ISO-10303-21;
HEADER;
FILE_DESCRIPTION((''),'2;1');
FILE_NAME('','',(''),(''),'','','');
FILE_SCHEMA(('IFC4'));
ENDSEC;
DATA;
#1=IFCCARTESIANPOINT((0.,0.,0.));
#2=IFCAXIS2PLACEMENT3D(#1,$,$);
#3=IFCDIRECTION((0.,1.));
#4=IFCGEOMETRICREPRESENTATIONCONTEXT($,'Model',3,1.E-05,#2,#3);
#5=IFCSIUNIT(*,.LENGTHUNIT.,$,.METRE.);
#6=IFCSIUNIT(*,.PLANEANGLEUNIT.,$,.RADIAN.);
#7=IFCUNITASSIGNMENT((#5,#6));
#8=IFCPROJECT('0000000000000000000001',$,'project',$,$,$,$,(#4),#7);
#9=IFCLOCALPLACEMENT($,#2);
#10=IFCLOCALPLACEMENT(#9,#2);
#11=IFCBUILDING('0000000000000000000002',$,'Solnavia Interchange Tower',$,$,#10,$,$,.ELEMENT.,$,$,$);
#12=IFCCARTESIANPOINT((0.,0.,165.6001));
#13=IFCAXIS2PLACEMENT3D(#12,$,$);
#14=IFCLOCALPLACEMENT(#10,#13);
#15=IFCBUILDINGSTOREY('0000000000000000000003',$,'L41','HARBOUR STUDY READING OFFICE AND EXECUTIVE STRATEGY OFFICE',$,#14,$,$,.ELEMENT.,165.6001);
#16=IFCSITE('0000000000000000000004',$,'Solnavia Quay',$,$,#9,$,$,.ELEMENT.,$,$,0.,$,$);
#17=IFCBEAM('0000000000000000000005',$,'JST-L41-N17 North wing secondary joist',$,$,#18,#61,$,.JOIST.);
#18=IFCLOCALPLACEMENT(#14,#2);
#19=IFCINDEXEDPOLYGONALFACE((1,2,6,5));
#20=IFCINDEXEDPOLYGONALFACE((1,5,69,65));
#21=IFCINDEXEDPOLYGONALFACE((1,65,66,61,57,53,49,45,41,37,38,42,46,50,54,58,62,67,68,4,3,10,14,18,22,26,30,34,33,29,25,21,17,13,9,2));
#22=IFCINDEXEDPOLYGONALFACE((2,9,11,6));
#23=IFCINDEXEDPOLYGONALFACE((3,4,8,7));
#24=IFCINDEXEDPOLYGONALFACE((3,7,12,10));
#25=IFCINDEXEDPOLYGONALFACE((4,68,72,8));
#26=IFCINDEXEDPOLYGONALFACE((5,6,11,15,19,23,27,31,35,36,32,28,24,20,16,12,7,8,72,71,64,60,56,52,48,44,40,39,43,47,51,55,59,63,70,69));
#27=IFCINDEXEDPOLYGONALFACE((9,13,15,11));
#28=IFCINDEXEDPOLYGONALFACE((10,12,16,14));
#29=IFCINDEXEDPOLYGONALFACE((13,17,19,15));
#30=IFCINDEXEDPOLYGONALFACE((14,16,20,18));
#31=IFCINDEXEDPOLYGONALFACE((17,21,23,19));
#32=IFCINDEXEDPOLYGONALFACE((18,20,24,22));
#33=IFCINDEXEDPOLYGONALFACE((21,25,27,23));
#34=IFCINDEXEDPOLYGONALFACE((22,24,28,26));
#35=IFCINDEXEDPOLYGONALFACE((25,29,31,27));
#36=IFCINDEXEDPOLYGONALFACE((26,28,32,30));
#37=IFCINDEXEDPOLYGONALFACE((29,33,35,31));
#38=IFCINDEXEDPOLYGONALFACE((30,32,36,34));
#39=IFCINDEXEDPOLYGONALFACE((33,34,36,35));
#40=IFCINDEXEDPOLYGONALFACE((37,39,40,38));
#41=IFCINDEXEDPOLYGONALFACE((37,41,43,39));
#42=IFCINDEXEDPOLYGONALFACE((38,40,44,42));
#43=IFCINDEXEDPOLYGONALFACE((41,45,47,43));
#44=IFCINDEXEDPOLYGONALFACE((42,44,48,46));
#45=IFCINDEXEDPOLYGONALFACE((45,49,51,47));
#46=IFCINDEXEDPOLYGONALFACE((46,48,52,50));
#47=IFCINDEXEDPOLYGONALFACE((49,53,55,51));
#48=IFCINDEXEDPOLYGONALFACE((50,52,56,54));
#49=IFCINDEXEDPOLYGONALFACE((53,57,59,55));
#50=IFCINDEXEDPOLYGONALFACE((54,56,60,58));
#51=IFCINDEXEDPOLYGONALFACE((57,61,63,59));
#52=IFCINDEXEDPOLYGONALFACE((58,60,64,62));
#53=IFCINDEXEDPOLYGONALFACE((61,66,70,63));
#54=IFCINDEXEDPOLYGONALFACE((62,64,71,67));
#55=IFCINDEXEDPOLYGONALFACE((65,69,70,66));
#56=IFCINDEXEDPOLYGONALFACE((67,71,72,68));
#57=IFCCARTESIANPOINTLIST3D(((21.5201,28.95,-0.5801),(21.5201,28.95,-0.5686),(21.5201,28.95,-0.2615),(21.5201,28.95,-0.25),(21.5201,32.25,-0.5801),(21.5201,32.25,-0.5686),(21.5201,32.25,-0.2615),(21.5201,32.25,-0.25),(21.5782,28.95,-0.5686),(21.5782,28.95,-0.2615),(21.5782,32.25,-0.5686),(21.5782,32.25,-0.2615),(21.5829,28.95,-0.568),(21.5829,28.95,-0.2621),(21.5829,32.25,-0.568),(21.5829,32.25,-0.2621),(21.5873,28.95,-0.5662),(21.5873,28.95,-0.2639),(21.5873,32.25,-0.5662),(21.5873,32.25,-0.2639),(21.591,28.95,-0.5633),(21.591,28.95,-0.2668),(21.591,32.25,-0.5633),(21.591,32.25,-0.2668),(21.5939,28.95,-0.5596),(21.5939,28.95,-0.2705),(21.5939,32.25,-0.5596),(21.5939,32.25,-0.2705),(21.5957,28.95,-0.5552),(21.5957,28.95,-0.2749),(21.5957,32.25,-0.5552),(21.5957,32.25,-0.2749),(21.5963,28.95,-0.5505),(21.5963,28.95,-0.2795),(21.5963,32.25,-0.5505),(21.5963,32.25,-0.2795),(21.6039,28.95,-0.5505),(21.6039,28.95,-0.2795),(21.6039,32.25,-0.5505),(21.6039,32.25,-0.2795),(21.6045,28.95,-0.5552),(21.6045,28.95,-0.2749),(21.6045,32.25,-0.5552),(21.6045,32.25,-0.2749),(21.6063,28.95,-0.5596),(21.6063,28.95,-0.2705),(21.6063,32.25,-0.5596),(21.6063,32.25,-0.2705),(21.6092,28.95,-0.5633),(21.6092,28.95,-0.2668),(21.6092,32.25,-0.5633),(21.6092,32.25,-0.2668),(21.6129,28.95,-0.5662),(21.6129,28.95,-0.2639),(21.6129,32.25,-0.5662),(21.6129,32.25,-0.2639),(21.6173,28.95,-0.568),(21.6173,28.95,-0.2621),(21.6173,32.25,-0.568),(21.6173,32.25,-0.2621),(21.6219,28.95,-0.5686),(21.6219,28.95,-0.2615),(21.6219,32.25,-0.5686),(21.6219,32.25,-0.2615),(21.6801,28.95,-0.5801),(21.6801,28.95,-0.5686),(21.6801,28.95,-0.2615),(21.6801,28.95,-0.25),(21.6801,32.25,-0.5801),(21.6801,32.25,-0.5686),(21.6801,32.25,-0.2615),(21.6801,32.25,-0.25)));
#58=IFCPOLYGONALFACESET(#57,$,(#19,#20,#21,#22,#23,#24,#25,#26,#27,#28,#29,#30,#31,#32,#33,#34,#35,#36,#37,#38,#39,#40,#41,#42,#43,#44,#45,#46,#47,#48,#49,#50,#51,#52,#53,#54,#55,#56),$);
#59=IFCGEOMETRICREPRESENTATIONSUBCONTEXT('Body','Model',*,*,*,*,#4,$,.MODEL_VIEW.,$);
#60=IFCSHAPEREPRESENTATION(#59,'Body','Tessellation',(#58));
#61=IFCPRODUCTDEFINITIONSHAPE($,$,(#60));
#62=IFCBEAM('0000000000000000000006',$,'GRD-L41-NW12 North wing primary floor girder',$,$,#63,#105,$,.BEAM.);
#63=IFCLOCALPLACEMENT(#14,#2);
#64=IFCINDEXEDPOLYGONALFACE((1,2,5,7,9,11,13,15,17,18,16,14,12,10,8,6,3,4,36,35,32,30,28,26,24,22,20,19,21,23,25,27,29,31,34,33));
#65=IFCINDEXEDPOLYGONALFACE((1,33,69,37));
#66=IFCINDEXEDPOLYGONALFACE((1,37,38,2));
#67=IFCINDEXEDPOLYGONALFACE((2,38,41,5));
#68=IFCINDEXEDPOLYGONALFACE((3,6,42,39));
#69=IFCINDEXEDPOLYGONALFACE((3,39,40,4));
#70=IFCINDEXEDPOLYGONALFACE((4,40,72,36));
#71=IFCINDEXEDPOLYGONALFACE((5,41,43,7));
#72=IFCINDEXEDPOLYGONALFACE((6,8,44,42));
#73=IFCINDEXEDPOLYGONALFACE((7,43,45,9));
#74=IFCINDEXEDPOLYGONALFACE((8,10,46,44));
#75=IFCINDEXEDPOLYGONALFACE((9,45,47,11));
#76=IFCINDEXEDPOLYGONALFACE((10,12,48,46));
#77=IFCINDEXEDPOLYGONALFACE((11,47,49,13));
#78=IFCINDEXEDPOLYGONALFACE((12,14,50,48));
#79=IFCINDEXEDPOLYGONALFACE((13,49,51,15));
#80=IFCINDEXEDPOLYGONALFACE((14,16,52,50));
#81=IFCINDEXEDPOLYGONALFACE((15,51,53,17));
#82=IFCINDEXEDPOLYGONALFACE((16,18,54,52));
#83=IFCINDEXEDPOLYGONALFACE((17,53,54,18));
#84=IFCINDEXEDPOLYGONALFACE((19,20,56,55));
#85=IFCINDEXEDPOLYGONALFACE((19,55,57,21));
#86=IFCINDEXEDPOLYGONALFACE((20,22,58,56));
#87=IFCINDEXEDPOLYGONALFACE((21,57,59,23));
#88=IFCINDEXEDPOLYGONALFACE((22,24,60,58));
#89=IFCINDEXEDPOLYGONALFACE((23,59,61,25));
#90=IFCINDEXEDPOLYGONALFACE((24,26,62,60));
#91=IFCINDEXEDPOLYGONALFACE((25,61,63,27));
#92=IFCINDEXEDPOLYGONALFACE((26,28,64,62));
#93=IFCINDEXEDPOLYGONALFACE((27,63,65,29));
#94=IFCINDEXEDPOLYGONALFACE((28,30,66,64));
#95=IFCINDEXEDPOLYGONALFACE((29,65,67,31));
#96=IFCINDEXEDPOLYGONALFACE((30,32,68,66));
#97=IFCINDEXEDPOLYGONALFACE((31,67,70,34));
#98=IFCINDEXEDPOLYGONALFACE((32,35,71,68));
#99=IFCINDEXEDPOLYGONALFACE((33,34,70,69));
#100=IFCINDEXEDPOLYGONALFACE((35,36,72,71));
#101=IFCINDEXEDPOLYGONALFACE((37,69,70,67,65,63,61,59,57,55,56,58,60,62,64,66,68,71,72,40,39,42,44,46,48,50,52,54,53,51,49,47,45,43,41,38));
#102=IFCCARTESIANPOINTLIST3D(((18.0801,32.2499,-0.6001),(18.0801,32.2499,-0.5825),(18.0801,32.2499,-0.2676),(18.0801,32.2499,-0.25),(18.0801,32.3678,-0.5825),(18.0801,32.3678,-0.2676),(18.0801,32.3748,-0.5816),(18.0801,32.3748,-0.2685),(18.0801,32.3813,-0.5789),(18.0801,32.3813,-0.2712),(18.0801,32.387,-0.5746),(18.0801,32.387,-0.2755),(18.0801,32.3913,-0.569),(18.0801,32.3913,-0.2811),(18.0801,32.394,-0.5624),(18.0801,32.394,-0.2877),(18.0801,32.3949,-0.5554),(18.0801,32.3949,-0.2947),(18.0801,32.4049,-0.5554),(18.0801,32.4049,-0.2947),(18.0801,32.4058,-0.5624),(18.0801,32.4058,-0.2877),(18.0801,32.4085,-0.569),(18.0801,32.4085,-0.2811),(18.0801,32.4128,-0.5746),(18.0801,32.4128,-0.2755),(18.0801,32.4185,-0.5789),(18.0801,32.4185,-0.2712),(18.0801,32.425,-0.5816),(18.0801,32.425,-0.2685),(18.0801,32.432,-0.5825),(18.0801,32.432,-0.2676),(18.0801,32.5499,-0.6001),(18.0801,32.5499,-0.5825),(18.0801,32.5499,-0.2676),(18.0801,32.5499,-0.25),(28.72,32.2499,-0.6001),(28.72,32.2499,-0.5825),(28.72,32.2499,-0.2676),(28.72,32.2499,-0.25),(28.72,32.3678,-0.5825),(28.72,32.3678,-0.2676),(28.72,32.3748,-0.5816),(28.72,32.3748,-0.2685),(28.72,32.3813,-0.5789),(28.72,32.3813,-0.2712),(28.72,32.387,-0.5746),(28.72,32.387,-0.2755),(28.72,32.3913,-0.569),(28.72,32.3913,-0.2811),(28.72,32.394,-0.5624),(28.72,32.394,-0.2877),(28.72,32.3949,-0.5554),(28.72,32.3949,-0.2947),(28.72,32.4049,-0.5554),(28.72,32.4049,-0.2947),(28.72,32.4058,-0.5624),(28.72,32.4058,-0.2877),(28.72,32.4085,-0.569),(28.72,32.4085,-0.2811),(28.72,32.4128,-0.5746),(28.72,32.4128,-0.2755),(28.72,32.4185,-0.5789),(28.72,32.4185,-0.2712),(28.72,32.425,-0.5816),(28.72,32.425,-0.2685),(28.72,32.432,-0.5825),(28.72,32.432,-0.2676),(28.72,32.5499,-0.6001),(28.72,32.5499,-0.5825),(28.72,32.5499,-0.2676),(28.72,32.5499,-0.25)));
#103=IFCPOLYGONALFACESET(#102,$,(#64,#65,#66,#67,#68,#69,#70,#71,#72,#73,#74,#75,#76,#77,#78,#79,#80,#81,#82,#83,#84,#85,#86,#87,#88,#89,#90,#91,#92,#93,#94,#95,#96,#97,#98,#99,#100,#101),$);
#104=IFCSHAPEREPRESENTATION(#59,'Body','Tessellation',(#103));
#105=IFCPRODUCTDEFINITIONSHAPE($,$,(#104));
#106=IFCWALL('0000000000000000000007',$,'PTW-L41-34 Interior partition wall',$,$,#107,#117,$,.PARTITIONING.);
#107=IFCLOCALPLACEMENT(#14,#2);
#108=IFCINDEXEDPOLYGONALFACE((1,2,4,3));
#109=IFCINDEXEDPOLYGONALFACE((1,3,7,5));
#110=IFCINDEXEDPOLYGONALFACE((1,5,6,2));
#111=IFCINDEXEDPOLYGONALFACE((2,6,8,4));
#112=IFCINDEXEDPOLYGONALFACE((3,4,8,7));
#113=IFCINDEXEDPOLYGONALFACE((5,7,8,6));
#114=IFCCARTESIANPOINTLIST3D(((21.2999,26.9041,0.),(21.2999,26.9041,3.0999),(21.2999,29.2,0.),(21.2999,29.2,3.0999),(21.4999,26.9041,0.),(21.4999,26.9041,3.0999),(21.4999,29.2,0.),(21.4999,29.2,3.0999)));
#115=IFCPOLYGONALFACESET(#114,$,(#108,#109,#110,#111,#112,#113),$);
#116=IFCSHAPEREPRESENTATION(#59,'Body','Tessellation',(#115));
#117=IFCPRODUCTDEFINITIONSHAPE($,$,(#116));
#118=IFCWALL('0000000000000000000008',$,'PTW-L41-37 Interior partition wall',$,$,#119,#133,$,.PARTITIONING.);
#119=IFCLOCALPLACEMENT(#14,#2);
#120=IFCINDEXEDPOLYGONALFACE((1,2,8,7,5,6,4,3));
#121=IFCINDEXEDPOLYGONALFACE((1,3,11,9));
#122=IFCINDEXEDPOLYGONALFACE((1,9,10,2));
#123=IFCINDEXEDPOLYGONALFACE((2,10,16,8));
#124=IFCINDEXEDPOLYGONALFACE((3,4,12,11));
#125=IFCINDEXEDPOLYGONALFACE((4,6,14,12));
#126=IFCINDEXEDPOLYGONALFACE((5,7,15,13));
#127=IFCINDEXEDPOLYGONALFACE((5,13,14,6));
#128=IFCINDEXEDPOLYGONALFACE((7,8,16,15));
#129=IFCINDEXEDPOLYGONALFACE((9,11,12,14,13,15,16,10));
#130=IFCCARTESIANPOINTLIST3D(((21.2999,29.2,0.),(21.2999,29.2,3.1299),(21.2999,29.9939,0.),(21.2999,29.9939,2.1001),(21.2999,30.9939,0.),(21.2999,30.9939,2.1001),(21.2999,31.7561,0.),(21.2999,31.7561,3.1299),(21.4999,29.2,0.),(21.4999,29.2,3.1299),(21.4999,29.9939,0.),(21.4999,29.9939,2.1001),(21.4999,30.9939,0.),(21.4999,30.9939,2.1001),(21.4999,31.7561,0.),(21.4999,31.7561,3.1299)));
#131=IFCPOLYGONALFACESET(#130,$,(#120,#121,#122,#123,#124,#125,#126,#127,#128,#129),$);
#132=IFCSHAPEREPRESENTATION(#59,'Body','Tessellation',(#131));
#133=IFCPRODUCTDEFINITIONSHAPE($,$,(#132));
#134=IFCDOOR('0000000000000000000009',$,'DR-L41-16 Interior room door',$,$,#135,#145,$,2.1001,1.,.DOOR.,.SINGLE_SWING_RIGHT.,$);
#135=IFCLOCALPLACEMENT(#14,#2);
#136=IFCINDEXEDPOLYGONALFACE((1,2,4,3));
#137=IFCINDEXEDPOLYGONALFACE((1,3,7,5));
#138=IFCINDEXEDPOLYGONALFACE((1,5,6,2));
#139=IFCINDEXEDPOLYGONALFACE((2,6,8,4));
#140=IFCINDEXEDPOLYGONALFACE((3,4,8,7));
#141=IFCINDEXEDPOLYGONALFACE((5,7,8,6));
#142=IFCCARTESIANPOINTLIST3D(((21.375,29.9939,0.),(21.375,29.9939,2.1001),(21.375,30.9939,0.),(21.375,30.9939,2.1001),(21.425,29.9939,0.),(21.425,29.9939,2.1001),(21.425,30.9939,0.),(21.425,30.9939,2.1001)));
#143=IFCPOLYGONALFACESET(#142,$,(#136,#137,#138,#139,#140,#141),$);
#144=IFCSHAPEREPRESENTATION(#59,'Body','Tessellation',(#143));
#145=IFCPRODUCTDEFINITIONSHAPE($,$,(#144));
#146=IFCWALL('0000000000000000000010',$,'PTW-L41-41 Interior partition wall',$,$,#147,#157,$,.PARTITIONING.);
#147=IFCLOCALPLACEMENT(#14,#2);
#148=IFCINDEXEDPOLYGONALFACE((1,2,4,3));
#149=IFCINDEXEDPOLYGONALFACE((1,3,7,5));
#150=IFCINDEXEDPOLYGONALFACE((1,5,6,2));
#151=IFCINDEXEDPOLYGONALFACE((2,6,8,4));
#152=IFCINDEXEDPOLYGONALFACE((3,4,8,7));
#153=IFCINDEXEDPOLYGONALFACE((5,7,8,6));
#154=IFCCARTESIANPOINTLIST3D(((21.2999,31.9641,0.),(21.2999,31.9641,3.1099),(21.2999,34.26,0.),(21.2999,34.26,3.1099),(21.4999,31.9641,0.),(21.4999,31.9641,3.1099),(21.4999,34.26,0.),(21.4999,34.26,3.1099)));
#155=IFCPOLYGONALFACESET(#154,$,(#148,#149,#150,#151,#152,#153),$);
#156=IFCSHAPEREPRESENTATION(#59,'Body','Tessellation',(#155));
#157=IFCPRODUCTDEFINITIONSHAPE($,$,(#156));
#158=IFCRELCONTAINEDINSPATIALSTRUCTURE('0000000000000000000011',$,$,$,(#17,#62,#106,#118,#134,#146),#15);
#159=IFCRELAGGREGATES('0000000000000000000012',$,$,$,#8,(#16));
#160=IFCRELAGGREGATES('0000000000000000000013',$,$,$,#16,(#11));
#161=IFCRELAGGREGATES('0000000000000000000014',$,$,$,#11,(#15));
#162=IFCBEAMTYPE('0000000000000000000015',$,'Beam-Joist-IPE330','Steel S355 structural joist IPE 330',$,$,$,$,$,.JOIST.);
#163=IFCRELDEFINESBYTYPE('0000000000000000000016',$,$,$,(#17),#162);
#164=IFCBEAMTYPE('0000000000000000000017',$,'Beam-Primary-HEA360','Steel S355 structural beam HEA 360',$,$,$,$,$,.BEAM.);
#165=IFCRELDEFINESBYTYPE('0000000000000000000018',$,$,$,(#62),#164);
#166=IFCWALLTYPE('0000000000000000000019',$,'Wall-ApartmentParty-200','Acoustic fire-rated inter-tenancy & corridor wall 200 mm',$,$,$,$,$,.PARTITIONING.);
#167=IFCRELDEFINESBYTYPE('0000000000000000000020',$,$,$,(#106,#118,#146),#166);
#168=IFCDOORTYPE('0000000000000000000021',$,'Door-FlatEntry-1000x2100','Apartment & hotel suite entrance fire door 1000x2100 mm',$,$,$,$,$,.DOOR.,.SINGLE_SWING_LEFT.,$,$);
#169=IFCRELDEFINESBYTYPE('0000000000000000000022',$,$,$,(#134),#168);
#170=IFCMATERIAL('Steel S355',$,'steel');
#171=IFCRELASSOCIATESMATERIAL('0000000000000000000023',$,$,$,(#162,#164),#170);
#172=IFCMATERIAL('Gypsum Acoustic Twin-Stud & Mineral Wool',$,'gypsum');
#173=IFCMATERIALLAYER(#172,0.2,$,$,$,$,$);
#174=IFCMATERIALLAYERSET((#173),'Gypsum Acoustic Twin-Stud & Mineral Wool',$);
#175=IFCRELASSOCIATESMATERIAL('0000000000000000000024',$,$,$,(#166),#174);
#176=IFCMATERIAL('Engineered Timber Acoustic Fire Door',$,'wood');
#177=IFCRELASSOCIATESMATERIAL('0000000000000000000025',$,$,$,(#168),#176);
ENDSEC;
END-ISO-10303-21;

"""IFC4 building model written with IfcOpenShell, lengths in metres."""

from ifc_helpers import new_model, si_unit, direction, frame, frame_2d, origin, origin_2d, place, context, subcontext, project, spatial, rectangle, i_section, extrude, material, layer, layer_set, material_profile, profile_set, type_object, element, fill, save


model = new_model("IFC4")

# Units and contexts
model_context = context("Model", 3, precision=1e-05, world=origin(), true_north=direction((0.0, 1.0)))
body_context = subcontext(model_context, "Body", "Model", "MODEL_VIEW")
ifc_project = project(units=[si_unit("LENGTHUNIT", "METRE"), si_unit("PLANEANGLEUNIT", "RADIAN")], contexts=[model_context])

# Site, building, storey
site_placement = place(None, origin())
site = spatial("IfcSite", under=ifc_project, at=site_placement, Name="Solnavia Quay", CompositionType="ELEMENT", RefElevation=0.0)
building_placement = place(site_placement, origin())
building = spatial("IfcBuilding", under=site, at=building_placement, Name="Solnavia Interchange Tower", CompositionType="ELEMENT")
storey_placement = place(building_placement, frame((0.0, 0.0, 165.6001)))
storey = spatial("IfcBuildingStorey", under=building, at=storey_placement, Name="L41", Description="HARBOUR STUDY READING OFFICE AND EXECUTIVE STRATEGY OFFICE", CompositionType="ELEMENT", Elevation=165.6001)

# Shared definitions
ifc_material_1 = material(Name="Steel S355", Category="steel")

# Beams
ifc_material_profile_1 = material_profile(ifc_material_1, i_section(OverallWidth=0.1599, OverallDepth=0.3301, WebThickness=0.0076, FlangeThickness=0.0115, FilletRadius=0.0181, at=origin_2d()), Name="IPE 330")
ifc_profile_set_1 = profile_set([ifc_material_profile_1], Name="Steel S355")
beam_type_1 = type_object("IfcBeamType", Name="Beam-Joist-IPE330", Description="Steel S355 structural joist IPE 330", PredefinedType="JOIST", material=ifc_profile_set_1)
beam_1_placement = place(storey_placement, frame((21.6001, 28.95, -0.415), z_axis=(0.0, 1.0, 0.0), x_axis=(-1.0, 0.0, 0.0)))
element("IfcBeam", 1, at=beam_1_placement, inside=storey, type_object=beam_type_1, Name="JST-L41-N17 North wing secondary joist", PredefinedType="JOIST", context=body_context, shape_type="SweptSolid", body=[
    extrude(i_section(OverallWidth=0.1599, OverallDepth=0.3301, WebThickness=0.0076, FlangeThickness=0.0115, FilletRadius=0.0181, at=origin_2d()), origin(), (0.0, 0.0, 1.0), 3.3),
])
ifc_material_profile_2 = material_profile(ifc_material_1, i_section(OverallWidth=0.3, OverallDepth=0.3501, WebThickness=0.01, FlangeThickness=0.0176, FilletRadius=0.0271, at=origin_2d()), Name="HEA 360")
ifc_profile_set_2 = profile_set([ifc_material_profile_2], Name="Steel S355")
beam_type_2 = type_object("IfcBeamType", Name="Beam-Primary-HEA360", Description="Steel S355 structural beam HEA 360", PredefinedType="BEAM", material=ifc_profile_set_2)
beam_2_placement = place(storey_placement, frame((18.0801, 32.3999, -0.425), z_axis=(1.0, 0.0, 0.0), x_axis=(0.0, 1.0, 0.0)))
element("IfcBeam", 2, at=beam_2_placement, inside=storey, type_object=beam_type_2, Name="GRD-L41-NW12 North wing primary floor girder", PredefinedType="BEAM", context=body_context, shape_type="SweptSolid", body=[
    extrude(i_section(OverallWidth=0.3, OverallDepth=0.3501, WebThickness=0.01, FlangeThickness=0.0176, FilletRadius=0.0271, at=origin_2d()), origin(), (0.0, 0.0, 1.0), 10.6399),
])

# Wall
ifc_material_2 = material(Name="Gypsum Acoustic Twin-Stud & Mineral Wool", Category="gypsum")
ifc_layer_1 = layer(ifc_material_2, 0.2)
ifc_layer_set_1 = layer_set([ifc_layer_1], Name="Gypsum Acoustic Twin-Stud & Mineral Wool")
wall_type_1 = type_object("IfcWallType", Name="Wall-ApartmentParty-200", Description="Acoustic fire-rated inter-tenancy & corridor wall 200 mm", PredefinedType="PARTITIONING", material=ifc_layer_set_1)
wall_1_placement = place(storey_placement, frame((21.3999, 26.9041, 0.0), z_axis=(0.0, 0.0, 1.0), x_axis=(0.0, 1.0, 0.0)))
element("IfcWall", 3, at=wall_1_placement, inside=storey, type_object=wall_type_1, Name="PTW-L41-34 Interior partition wall", PredefinedType="PARTITIONING", context=body_context, shape_type="SweptSolid", body=[
    extrude(rectangle(XDim=2.2959, YDim=0.2, at=frame_2d((1.1479, 0.0))), origin(), (0.0, 0.0, 1.0), 3.0999),
])

# Wall, opening, door
wall_2_placement = place(storey_placement, frame((21.3999, 29.2, 0.0), z_axis=(0.0, 0.0, 1.0), x_axis=(0.0, 1.0, 0.0)))
wall_2 = element("IfcWall", 4, at=wall_2_placement, inside=storey, type_object=wall_type_1, Name="PTW-L41-37 Interior partition wall", PredefinedType="PARTITIONING", context=body_context, shape_type="SweptSolid", body=[
    extrude(rectangle(XDim=2.5562, YDim=0.2, at=frame_2d((1.2781, 0.0))), origin(), (0.0, 0.0, 1.0), 3.1299),
])
opening_1_placement = place(wall_2_placement, frame((0.7939, 0.0, 0.0)))
opening_1 = element("IfcOpeningElement", 5, at=opening_1_placement, cuts=wall_2, PredefinedType="OPENING", context=body_context, shape_type="SweptSolid", body=[
    extrude(rectangle(XDim=1.0, YDim=2.1001, at=frame_2d((0.5, 1.05))), frame((0.0, 0.1099, 0.0), z_axis=(0.0, -1.0, 0.0), x_axis=(1.0, 0.0, 0.0)), (0.0, 0.0, 1.0), 0.22),
])
ifc_material_3 = material(Name="Engineered Timber Acoustic Fire Door", Category="wood")
door_type_1 = type_object("IfcDoorType", Name="Door-FlatEntry-1000x2100", Description="Apartment & hotel suite entrance fire door 1000x2100 mm", OperationType="SINGLE_SWING_LEFT", PredefinedType="DOOR", material=ifc_material_3)
door_1_placement = place(opening_1_placement, origin())
door_1 = element("IfcDoor", 6, at=door_1_placement, inside=storey, type_object=door_type_1, Name="DR-L41-16 Interior room door", OperationType="SINGLE_SWING_RIGHT", OverallHeight=2.1001, OverallWidth=1.0, PredefinedType="DOOR", context=body_context, shape_type="SweptSolid", body=[
    extrude(rectangle(XDim=1.0, YDim=2.1001, at=frame_2d((0.5, 1.05))), frame((0.0, 0.0249, 0.0), z_axis=(0.0, -1.0, 0.0), x_axis=(1.0, 0.0, 0.0)), (0.0, 0.0, 1.0), 0.05),
])
fill(opening_1, door_1)

# Wall
wall_3_placement = place(storey_placement, frame((21.3999, 31.9641, 0.0), z_axis=(0.0, 0.0, 1.0), x_axis=(0.0, 1.0, 0.0)))
element("IfcWall", 7, at=wall_3_placement, inside=storey, type_object=wall_type_1, Name="PTW-L41-41 Interior partition wall", PredefinedType="PARTITIONING", context=body_context, shape_type="SweptSolid", body=[
    extrude(rectangle(XDim=2.2959, YDim=0.2, at=frame_2d((1.1479, 0.0))), origin(), (0.0, 0.0, 1.0), 3.1099),
])

save(model, "model.ifc")
